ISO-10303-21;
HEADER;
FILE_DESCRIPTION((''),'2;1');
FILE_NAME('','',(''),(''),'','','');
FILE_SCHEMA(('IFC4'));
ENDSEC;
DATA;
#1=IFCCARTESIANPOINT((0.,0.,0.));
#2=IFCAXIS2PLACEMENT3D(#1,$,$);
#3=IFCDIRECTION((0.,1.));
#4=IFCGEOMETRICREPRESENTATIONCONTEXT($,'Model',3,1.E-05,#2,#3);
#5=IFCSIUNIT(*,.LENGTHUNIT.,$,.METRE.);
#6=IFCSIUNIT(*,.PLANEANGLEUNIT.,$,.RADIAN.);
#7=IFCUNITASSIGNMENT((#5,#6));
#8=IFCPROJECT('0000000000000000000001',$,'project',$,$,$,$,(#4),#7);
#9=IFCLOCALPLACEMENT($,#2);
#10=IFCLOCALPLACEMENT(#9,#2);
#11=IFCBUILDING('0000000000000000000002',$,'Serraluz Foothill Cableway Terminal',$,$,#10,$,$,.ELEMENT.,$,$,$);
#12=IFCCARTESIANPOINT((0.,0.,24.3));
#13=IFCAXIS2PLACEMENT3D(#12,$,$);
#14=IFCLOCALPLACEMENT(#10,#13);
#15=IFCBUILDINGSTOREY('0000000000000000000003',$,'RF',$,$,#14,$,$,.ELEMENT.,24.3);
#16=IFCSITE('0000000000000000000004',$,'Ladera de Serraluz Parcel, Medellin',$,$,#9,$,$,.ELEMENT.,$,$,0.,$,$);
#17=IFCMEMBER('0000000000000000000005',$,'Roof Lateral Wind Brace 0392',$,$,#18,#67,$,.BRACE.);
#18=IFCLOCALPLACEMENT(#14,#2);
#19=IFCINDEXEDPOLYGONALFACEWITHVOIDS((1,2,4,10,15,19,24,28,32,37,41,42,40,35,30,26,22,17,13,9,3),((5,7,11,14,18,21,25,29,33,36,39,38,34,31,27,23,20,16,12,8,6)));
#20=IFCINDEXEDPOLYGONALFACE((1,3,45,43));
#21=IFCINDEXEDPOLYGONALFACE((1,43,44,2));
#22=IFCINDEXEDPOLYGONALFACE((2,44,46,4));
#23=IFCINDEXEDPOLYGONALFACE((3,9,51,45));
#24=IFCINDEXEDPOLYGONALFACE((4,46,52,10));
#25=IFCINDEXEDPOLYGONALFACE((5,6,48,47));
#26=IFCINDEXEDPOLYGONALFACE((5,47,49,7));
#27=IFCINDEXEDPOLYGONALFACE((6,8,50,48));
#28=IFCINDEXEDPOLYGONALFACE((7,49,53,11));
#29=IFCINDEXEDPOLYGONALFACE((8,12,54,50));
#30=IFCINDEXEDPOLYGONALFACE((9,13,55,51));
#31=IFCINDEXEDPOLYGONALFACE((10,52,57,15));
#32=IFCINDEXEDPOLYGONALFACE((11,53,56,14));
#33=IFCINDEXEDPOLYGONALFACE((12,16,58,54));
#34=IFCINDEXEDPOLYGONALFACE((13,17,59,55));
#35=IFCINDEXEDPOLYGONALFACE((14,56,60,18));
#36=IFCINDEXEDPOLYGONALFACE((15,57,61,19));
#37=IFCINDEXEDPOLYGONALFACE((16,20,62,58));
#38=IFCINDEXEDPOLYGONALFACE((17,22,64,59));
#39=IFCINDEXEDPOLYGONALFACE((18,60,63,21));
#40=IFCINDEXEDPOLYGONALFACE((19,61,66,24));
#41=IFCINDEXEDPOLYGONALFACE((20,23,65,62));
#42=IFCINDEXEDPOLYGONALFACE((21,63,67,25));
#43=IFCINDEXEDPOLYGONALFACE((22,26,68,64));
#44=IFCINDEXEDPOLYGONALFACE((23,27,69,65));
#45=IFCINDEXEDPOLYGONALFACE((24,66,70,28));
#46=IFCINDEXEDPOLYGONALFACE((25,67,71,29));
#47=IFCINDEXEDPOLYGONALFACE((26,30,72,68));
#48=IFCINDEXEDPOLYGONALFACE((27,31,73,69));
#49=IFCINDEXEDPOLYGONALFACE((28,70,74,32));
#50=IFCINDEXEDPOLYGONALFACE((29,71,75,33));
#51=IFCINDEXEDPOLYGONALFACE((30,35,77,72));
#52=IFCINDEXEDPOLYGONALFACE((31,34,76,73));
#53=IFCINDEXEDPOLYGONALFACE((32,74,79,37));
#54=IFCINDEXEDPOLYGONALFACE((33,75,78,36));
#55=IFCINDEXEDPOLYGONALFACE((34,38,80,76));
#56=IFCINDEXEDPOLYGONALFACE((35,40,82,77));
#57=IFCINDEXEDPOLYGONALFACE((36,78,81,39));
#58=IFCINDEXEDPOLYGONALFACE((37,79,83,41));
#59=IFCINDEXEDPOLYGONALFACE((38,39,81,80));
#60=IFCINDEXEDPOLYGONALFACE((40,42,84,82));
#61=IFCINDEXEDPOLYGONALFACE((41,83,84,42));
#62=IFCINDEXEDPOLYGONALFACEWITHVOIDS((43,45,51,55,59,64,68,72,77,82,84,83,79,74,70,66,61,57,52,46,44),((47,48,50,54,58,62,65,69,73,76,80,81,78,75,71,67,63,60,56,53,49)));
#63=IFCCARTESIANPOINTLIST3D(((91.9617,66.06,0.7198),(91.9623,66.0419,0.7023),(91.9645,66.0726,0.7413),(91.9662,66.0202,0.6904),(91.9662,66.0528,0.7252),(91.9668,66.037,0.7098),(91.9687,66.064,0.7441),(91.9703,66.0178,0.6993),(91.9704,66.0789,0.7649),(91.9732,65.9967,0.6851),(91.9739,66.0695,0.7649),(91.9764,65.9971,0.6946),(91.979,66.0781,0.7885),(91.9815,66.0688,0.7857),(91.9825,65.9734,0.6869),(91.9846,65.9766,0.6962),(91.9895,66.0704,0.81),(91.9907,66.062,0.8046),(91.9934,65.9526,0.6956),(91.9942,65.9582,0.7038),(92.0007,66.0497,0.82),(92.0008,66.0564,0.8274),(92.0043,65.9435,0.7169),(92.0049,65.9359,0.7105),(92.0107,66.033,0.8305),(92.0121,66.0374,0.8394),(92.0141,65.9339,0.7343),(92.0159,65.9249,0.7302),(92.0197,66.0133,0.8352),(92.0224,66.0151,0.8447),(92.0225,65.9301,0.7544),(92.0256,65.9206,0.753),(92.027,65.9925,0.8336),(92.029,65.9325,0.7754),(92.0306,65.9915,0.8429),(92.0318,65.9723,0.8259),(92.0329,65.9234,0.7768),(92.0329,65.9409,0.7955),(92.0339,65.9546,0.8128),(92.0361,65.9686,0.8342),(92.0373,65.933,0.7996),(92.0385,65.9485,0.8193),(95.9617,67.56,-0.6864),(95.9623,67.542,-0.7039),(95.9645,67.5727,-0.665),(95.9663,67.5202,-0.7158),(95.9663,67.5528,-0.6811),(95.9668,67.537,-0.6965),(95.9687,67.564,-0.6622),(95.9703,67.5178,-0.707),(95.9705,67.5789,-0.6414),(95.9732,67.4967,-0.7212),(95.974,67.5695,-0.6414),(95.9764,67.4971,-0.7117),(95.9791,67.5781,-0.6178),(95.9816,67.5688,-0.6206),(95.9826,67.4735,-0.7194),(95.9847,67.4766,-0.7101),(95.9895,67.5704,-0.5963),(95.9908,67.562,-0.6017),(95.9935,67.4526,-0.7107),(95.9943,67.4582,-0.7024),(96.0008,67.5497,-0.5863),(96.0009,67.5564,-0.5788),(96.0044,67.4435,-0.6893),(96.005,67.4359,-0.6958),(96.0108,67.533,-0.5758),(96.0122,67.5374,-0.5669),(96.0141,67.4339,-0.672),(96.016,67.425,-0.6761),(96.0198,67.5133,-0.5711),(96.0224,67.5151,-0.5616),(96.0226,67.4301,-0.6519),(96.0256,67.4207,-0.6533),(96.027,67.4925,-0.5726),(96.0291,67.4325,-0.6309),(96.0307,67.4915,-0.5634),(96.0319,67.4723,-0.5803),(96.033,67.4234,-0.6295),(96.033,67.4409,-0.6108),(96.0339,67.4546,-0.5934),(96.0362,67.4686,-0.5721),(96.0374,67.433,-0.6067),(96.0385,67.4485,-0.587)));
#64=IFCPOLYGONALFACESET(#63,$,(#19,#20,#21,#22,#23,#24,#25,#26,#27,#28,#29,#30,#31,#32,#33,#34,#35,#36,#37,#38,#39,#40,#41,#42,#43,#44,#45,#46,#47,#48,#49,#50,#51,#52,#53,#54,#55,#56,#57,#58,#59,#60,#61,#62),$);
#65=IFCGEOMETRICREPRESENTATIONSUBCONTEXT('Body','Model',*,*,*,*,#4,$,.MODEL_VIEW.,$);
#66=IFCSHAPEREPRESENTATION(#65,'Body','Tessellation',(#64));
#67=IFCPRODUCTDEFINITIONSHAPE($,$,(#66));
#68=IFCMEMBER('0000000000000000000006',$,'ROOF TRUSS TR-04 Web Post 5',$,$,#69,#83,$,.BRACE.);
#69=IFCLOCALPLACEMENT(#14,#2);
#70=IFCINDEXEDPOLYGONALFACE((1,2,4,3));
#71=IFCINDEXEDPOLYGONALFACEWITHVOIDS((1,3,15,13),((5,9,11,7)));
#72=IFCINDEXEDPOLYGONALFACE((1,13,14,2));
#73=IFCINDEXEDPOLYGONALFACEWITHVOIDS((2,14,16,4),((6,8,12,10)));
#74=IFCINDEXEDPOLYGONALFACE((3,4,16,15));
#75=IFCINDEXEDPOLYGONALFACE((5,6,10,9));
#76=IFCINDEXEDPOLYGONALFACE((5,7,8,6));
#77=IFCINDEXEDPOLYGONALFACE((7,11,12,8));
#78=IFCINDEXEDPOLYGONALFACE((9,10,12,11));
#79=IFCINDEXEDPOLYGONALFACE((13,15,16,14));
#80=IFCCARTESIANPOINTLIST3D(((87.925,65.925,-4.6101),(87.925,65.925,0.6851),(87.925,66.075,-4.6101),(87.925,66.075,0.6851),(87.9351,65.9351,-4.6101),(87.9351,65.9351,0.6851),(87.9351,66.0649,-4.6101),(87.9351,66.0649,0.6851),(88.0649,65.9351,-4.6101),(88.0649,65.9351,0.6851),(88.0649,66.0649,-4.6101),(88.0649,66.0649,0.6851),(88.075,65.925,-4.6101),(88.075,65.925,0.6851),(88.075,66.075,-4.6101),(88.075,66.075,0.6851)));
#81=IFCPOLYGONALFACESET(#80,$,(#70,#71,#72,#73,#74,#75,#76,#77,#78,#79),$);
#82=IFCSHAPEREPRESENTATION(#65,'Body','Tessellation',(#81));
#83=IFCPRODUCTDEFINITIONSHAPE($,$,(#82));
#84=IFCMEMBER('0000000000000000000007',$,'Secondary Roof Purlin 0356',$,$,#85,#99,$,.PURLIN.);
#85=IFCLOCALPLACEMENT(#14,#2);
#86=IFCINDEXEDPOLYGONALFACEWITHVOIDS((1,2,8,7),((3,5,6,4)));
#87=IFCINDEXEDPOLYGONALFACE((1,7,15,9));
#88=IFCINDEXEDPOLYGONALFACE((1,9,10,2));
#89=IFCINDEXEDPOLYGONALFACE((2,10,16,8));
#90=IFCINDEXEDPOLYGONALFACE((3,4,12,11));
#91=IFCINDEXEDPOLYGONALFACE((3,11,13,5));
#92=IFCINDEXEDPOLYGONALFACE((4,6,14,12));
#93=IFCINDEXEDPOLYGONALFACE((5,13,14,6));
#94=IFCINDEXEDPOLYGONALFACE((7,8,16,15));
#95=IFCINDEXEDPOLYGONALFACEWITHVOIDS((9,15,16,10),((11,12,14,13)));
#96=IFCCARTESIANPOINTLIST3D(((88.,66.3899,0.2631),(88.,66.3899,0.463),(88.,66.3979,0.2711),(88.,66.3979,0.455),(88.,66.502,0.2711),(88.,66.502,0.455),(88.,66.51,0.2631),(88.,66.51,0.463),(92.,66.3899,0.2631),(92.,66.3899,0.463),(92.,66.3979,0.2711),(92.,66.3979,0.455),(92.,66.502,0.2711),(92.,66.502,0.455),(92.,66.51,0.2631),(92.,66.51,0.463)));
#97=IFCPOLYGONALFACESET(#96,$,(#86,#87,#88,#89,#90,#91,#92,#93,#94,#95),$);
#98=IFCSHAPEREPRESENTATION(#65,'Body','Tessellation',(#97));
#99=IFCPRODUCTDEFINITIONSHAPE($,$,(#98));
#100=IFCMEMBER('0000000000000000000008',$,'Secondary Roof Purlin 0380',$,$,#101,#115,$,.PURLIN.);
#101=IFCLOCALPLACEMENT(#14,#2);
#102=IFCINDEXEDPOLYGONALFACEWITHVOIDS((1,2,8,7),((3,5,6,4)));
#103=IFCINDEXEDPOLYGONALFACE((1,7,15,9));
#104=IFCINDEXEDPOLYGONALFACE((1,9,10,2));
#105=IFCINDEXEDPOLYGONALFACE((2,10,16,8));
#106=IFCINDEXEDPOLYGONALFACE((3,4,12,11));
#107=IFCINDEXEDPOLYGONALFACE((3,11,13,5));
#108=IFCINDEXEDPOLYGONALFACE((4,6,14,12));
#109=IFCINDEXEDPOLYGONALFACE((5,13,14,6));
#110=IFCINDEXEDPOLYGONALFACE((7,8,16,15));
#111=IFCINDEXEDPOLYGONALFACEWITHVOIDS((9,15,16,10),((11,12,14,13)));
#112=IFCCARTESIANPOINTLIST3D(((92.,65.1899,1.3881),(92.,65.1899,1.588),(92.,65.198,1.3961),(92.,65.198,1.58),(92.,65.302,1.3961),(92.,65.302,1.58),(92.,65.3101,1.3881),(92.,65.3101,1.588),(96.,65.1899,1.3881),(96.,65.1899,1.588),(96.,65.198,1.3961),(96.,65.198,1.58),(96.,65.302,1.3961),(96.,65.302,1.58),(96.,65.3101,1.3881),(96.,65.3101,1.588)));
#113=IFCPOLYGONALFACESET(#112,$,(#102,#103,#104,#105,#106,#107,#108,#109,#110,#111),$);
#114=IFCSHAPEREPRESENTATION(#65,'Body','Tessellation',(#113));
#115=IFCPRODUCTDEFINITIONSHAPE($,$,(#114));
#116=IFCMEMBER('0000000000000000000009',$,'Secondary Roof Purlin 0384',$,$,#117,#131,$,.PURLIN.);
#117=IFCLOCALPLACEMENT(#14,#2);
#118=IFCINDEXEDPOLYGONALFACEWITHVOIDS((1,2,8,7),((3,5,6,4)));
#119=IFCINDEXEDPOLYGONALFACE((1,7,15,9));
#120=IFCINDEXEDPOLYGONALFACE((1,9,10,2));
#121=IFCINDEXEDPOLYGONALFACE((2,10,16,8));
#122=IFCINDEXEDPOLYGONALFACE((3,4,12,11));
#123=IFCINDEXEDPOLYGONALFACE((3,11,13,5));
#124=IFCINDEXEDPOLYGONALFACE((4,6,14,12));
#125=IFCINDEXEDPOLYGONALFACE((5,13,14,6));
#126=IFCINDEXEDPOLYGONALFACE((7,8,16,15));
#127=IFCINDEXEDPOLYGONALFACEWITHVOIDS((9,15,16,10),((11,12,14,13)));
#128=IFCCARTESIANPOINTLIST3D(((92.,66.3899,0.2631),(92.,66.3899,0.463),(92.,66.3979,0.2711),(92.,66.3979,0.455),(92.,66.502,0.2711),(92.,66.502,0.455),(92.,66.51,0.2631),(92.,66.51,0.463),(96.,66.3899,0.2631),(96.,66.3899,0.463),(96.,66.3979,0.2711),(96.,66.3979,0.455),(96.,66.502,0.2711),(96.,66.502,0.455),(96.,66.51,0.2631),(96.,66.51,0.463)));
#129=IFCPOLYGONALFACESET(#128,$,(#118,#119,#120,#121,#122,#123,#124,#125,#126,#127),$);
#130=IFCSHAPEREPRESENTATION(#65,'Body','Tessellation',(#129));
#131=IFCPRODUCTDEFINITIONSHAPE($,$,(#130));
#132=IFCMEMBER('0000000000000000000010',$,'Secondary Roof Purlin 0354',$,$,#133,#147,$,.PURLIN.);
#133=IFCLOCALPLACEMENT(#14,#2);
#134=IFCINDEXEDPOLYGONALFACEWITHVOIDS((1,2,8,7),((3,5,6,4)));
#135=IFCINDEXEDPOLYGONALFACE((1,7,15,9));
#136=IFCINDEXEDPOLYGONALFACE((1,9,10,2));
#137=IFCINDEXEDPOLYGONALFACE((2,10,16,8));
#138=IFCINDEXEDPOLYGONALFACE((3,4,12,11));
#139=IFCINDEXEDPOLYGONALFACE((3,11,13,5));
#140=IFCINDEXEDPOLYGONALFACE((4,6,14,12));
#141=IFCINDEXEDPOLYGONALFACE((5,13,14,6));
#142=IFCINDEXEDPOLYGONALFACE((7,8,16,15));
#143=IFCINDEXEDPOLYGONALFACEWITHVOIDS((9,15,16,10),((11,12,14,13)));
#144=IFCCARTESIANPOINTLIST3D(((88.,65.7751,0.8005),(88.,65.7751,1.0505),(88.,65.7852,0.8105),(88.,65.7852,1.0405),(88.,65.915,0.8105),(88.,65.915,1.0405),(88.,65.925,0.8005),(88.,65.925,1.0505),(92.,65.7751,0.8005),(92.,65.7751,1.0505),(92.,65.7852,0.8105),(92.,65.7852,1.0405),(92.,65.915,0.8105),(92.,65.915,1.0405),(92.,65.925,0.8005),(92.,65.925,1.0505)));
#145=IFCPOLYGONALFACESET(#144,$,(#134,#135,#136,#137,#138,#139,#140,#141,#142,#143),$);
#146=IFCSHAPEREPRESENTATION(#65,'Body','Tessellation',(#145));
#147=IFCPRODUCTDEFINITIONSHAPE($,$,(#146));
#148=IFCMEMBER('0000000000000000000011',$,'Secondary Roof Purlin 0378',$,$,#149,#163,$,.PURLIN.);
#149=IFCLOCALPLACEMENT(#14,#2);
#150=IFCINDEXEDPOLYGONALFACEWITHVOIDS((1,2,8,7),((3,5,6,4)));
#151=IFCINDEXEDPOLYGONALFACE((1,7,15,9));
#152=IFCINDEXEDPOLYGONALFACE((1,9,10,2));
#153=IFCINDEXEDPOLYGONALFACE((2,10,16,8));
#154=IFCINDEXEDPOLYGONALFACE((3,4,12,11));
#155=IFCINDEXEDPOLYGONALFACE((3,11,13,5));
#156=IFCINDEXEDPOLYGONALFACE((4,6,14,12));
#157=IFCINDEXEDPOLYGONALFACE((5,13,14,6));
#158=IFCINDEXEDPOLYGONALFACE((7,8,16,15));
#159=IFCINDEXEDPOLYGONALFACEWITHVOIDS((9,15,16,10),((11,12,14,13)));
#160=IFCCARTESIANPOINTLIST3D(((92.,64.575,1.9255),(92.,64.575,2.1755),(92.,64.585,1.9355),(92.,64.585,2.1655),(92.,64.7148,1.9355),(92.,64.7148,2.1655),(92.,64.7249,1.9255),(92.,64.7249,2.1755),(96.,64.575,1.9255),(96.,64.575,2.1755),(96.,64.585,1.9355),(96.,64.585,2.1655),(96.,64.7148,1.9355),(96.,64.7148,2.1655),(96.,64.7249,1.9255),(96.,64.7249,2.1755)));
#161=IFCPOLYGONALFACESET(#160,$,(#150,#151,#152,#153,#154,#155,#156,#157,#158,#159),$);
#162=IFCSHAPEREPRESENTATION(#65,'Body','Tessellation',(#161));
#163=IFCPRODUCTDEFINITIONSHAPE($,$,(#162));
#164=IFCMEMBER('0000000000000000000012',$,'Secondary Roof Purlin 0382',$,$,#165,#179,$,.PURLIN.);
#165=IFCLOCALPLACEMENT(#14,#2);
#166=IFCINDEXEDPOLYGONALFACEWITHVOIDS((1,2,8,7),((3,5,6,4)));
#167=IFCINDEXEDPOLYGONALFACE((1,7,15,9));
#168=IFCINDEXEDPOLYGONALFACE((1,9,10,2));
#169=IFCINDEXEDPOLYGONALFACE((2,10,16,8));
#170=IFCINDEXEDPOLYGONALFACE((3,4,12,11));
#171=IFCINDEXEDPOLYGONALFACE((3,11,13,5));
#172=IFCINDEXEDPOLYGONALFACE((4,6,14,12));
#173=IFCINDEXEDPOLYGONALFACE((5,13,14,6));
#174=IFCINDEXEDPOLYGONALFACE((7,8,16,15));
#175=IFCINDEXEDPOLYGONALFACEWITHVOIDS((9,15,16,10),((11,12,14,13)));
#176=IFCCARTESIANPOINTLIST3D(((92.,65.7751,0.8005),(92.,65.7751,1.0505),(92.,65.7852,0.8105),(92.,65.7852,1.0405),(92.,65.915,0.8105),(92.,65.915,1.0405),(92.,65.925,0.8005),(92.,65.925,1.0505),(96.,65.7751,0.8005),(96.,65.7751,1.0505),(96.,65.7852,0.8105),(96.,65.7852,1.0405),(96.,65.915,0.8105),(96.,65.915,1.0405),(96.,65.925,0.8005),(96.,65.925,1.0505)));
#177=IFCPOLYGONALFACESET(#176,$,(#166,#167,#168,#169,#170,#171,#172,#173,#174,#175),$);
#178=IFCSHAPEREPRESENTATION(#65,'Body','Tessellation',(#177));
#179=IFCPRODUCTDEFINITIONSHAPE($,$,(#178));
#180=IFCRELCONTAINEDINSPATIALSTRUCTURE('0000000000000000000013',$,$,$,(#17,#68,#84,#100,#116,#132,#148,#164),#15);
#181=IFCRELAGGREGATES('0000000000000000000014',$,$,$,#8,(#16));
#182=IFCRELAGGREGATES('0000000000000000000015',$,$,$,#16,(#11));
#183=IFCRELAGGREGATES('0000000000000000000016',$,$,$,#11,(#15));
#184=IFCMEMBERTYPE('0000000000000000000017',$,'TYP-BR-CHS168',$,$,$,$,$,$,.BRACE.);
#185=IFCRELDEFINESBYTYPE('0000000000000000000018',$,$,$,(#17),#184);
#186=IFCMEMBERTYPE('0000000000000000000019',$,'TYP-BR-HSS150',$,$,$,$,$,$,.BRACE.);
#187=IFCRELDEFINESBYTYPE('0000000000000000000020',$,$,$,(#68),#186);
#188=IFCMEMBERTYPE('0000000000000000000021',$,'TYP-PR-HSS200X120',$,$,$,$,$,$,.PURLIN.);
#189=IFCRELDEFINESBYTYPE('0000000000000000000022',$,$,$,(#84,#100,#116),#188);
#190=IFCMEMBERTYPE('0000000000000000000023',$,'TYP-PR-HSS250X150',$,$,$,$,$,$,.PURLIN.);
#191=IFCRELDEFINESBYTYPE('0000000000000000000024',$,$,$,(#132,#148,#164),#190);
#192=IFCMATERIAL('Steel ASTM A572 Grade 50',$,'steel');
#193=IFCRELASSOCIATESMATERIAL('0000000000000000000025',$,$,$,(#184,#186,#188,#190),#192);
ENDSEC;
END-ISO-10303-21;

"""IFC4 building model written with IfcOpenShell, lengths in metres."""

from ifc_helpers import new_model, si_unit, direction, frame, origin, origin_2d, place, context, subcontext, project, spatial, hollow_rectangle, hollow_circle, extrude, material, material_profile, profile_set, type_object, element, save


model = new_model("IFC4")

# Units and contexts
model_context = context("Model", 3, precision=1e-05, world=origin(), true_north=direction((0.0, 1.0)))
body_context = subcontext(model_context, "Body", "Model", "MODEL_VIEW")
ifc_project = project(units=[si_unit("LENGTHUNIT", "METRE"), si_unit("PLANEANGLEUNIT", "RADIAN")], contexts=[model_context])

# Site, building, storey
site_placement = place(None, origin())
site = spatial("IfcSite", under=ifc_project, at=site_placement, Name="Ladera de Serraluz Parcel, Medellin", CompositionType="ELEMENT", RefElevation=0.0)
building_placement = place(site_placement, origin())
building = spatial("IfcBuilding", under=site, at=building_placement, Name="Serraluz Foothill Cableway Terminal", CompositionType="ELEMENT")
storey_placement = place(building_placement, frame((0.0, 0.0, 24.3)))
storey = spatial("IfcBuildingStorey", under=building, at=storey_placement, Name="RF", CompositionType="ELEMENT", Elevation=24.3)

# Members
ifc_material_1 = material(Name="Steel ASTM A572 Grade 50", Category="steel")
ifc_material_profile_1 = material_profile(ifc_material_1, hollow_circle(Radius=0.0842, WallThickness=0.01, at=origin_2d()), Name="CHS168X10")
ifc_profile_set_1 = profile_set([ifc_material_profile_1], Name="Steel ASTM A572 Grade 50")
member_type_1 = type_object("IfcMemberType", Name="TYP-BR-CHS168", PredefinedType="BRACE", material=ifc_profile_set_1)
for number, where, z_axis, x_axis, name in (
    (1, (92.0, 66.0, 0.7649), (0.889382, 0.333518, -0.312673), (-0.351123, 0.936329, 0.0), "Roof Lateral Wind Brace 0392"),
):
    element("IfcMember", number, at=place(storey_placement, frame(where, z_axis=z_axis, x_axis=x_axis)), inside=storey, type_object=member_type_1, Name=name, PredefinedType="BRACE", context=body_context, shape_type="SweptSolid", body=[
        extrude(hollow_circle(Radius=0.0842, WallThickness=0.01, at=origin_2d()), origin(), (0.0, 0.0, 1.0), 4.4976),
    ])
ifc_material_profile_2 = material_profile(ifc_material_1, hollow_rectangle(XDim=0.1499, YDim=0.1499, WallThickness=0.01, at=origin_2d()), Name="HSS150X150X10")
ifc_profile_set_2 = profile_set([ifc_material_profile_2], Name="Steel ASTM A572 Grade 50")
member_type_2 = type_object("IfcMemberType", Name="TYP-BR-HSS150", PredefinedType="BRACE", material=ifc_profile_set_2)
member_1_placement = place(storey_placement, frame((88.0, 66.0, -4.6101), z_axis=(0.0, 0.0, 1.0), x_axis=(1.0, 0.0, 0.0)))
element("IfcMember", 2, at=member_1_placement, inside=storey, type_object=member_type_2, Name="ROOF TRUSS TR-04 Web Post 5", PredefinedType="BRACE", context=body_context, shape_type="SweptSolid", body=[
    extrude(hollow_rectangle(XDim=0.1499, YDim=0.1499, WallThickness=0.01, at=origin_2d()), origin(), (0.0, 0.0, 1.0), 5.2952),
])
ifc_material_profile_3 = material_profile(ifc_material_1, hollow_rectangle(XDim=0.1201, YDim=0.2, WallThickness=0.0081, at=origin_2d()), Name="HSS200X120X8")
ifc_profile_set_3 = profile_set([ifc_material_profile_3], Name="Steel ASTM A572 Grade 50")
member_type_3 = type_object("IfcMemberType", Name="TYP-PR-HSS200X120", PredefinedType="PURLIN", material=ifc_profile_set_3)
for number, where, z_axis, x_axis, name in (
    (3, (88.0, 66.45, 0.363), (1.0, 0.0, 0.0), (0.0, 1.0, 0.0), "Secondary Roof Purlin 0356"),
    (4, (92.0, 65.25, 1.488), (1.0, 0.0, 0.0), (0.0, 1.0, 0.0), "Secondary Roof Purlin 0380"),
    (5, (92.0, 66.45, 0.363), (1.0, 0.0, 0.0), (0.0, 1.0, 0.0), "Secondary Roof Purlin 0384"),
):
    element("IfcMember", number, at=place(storey_placement, frame(where, z_axis=z_axis, x_axis=x_axis)), inside=storey, type_object=member_type_3, Name=name, PredefinedType="PURLIN", context=body_context, shape_type="SweptSolid", body=[
        extrude(hollow_rectangle(XDim=0.1201, YDim=0.2, WallThickness=0.0081, at=origin_2d()), origin(), (0.0, 0.0, 1.0), 4.0),
    ])
ifc_material_profile_4 = material_profile(ifc_material_1, hollow_rectangle(XDim=0.1499, YDim=0.25, WallThickness=0.01, at=origin_2d()), Name="HSS250X150X10")
ifc_profile_set_4 = profile_set([ifc_material_profile_4], Name="Steel ASTM A572 Grade 50")
member_type_4 = type_object("IfcMemberType", Name="TYP-PR-HSS250X150", PredefinedType="PURLIN", material=ifc_profile_set_4)
for number, where, z_axis, x_axis, name in (
    (6, (88.0, 65.8501, 0.9255), (1.0, 0.0, 0.0), (0.0, 1.0, 0.0), "Secondary Roof Purlin 0354"),
    (7, (92.0, 64.6499, 2.0505), (1.0, 0.0, 0.0), (0.0, 1.0, 0.0), "Secondary Roof Purlin 0378"),
    (8, (92.0, 65.8501, 0.9255), (1.0, 0.0, 0.0), (0.0, 1.0, 0.0), "Secondary Roof Purlin 0382"),
):
    element("IfcMember", number, at=place(storey_placement, frame(where, z_axis=z_axis, x_axis=x_axis)), inside=storey, type_object=member_type_4, Name=name, PredefinedType="PURLIN", context=body_context, shape_type="SweptSolid", body=[
        extrude(hollow_rectangle(XDim=0.1499, YDim=0.25, WallThickness=0.01, at=origin_2d()), origin(), (0.0, 0.0, 1.0), 4.0),
    ])

save(model, "model.ifc")
